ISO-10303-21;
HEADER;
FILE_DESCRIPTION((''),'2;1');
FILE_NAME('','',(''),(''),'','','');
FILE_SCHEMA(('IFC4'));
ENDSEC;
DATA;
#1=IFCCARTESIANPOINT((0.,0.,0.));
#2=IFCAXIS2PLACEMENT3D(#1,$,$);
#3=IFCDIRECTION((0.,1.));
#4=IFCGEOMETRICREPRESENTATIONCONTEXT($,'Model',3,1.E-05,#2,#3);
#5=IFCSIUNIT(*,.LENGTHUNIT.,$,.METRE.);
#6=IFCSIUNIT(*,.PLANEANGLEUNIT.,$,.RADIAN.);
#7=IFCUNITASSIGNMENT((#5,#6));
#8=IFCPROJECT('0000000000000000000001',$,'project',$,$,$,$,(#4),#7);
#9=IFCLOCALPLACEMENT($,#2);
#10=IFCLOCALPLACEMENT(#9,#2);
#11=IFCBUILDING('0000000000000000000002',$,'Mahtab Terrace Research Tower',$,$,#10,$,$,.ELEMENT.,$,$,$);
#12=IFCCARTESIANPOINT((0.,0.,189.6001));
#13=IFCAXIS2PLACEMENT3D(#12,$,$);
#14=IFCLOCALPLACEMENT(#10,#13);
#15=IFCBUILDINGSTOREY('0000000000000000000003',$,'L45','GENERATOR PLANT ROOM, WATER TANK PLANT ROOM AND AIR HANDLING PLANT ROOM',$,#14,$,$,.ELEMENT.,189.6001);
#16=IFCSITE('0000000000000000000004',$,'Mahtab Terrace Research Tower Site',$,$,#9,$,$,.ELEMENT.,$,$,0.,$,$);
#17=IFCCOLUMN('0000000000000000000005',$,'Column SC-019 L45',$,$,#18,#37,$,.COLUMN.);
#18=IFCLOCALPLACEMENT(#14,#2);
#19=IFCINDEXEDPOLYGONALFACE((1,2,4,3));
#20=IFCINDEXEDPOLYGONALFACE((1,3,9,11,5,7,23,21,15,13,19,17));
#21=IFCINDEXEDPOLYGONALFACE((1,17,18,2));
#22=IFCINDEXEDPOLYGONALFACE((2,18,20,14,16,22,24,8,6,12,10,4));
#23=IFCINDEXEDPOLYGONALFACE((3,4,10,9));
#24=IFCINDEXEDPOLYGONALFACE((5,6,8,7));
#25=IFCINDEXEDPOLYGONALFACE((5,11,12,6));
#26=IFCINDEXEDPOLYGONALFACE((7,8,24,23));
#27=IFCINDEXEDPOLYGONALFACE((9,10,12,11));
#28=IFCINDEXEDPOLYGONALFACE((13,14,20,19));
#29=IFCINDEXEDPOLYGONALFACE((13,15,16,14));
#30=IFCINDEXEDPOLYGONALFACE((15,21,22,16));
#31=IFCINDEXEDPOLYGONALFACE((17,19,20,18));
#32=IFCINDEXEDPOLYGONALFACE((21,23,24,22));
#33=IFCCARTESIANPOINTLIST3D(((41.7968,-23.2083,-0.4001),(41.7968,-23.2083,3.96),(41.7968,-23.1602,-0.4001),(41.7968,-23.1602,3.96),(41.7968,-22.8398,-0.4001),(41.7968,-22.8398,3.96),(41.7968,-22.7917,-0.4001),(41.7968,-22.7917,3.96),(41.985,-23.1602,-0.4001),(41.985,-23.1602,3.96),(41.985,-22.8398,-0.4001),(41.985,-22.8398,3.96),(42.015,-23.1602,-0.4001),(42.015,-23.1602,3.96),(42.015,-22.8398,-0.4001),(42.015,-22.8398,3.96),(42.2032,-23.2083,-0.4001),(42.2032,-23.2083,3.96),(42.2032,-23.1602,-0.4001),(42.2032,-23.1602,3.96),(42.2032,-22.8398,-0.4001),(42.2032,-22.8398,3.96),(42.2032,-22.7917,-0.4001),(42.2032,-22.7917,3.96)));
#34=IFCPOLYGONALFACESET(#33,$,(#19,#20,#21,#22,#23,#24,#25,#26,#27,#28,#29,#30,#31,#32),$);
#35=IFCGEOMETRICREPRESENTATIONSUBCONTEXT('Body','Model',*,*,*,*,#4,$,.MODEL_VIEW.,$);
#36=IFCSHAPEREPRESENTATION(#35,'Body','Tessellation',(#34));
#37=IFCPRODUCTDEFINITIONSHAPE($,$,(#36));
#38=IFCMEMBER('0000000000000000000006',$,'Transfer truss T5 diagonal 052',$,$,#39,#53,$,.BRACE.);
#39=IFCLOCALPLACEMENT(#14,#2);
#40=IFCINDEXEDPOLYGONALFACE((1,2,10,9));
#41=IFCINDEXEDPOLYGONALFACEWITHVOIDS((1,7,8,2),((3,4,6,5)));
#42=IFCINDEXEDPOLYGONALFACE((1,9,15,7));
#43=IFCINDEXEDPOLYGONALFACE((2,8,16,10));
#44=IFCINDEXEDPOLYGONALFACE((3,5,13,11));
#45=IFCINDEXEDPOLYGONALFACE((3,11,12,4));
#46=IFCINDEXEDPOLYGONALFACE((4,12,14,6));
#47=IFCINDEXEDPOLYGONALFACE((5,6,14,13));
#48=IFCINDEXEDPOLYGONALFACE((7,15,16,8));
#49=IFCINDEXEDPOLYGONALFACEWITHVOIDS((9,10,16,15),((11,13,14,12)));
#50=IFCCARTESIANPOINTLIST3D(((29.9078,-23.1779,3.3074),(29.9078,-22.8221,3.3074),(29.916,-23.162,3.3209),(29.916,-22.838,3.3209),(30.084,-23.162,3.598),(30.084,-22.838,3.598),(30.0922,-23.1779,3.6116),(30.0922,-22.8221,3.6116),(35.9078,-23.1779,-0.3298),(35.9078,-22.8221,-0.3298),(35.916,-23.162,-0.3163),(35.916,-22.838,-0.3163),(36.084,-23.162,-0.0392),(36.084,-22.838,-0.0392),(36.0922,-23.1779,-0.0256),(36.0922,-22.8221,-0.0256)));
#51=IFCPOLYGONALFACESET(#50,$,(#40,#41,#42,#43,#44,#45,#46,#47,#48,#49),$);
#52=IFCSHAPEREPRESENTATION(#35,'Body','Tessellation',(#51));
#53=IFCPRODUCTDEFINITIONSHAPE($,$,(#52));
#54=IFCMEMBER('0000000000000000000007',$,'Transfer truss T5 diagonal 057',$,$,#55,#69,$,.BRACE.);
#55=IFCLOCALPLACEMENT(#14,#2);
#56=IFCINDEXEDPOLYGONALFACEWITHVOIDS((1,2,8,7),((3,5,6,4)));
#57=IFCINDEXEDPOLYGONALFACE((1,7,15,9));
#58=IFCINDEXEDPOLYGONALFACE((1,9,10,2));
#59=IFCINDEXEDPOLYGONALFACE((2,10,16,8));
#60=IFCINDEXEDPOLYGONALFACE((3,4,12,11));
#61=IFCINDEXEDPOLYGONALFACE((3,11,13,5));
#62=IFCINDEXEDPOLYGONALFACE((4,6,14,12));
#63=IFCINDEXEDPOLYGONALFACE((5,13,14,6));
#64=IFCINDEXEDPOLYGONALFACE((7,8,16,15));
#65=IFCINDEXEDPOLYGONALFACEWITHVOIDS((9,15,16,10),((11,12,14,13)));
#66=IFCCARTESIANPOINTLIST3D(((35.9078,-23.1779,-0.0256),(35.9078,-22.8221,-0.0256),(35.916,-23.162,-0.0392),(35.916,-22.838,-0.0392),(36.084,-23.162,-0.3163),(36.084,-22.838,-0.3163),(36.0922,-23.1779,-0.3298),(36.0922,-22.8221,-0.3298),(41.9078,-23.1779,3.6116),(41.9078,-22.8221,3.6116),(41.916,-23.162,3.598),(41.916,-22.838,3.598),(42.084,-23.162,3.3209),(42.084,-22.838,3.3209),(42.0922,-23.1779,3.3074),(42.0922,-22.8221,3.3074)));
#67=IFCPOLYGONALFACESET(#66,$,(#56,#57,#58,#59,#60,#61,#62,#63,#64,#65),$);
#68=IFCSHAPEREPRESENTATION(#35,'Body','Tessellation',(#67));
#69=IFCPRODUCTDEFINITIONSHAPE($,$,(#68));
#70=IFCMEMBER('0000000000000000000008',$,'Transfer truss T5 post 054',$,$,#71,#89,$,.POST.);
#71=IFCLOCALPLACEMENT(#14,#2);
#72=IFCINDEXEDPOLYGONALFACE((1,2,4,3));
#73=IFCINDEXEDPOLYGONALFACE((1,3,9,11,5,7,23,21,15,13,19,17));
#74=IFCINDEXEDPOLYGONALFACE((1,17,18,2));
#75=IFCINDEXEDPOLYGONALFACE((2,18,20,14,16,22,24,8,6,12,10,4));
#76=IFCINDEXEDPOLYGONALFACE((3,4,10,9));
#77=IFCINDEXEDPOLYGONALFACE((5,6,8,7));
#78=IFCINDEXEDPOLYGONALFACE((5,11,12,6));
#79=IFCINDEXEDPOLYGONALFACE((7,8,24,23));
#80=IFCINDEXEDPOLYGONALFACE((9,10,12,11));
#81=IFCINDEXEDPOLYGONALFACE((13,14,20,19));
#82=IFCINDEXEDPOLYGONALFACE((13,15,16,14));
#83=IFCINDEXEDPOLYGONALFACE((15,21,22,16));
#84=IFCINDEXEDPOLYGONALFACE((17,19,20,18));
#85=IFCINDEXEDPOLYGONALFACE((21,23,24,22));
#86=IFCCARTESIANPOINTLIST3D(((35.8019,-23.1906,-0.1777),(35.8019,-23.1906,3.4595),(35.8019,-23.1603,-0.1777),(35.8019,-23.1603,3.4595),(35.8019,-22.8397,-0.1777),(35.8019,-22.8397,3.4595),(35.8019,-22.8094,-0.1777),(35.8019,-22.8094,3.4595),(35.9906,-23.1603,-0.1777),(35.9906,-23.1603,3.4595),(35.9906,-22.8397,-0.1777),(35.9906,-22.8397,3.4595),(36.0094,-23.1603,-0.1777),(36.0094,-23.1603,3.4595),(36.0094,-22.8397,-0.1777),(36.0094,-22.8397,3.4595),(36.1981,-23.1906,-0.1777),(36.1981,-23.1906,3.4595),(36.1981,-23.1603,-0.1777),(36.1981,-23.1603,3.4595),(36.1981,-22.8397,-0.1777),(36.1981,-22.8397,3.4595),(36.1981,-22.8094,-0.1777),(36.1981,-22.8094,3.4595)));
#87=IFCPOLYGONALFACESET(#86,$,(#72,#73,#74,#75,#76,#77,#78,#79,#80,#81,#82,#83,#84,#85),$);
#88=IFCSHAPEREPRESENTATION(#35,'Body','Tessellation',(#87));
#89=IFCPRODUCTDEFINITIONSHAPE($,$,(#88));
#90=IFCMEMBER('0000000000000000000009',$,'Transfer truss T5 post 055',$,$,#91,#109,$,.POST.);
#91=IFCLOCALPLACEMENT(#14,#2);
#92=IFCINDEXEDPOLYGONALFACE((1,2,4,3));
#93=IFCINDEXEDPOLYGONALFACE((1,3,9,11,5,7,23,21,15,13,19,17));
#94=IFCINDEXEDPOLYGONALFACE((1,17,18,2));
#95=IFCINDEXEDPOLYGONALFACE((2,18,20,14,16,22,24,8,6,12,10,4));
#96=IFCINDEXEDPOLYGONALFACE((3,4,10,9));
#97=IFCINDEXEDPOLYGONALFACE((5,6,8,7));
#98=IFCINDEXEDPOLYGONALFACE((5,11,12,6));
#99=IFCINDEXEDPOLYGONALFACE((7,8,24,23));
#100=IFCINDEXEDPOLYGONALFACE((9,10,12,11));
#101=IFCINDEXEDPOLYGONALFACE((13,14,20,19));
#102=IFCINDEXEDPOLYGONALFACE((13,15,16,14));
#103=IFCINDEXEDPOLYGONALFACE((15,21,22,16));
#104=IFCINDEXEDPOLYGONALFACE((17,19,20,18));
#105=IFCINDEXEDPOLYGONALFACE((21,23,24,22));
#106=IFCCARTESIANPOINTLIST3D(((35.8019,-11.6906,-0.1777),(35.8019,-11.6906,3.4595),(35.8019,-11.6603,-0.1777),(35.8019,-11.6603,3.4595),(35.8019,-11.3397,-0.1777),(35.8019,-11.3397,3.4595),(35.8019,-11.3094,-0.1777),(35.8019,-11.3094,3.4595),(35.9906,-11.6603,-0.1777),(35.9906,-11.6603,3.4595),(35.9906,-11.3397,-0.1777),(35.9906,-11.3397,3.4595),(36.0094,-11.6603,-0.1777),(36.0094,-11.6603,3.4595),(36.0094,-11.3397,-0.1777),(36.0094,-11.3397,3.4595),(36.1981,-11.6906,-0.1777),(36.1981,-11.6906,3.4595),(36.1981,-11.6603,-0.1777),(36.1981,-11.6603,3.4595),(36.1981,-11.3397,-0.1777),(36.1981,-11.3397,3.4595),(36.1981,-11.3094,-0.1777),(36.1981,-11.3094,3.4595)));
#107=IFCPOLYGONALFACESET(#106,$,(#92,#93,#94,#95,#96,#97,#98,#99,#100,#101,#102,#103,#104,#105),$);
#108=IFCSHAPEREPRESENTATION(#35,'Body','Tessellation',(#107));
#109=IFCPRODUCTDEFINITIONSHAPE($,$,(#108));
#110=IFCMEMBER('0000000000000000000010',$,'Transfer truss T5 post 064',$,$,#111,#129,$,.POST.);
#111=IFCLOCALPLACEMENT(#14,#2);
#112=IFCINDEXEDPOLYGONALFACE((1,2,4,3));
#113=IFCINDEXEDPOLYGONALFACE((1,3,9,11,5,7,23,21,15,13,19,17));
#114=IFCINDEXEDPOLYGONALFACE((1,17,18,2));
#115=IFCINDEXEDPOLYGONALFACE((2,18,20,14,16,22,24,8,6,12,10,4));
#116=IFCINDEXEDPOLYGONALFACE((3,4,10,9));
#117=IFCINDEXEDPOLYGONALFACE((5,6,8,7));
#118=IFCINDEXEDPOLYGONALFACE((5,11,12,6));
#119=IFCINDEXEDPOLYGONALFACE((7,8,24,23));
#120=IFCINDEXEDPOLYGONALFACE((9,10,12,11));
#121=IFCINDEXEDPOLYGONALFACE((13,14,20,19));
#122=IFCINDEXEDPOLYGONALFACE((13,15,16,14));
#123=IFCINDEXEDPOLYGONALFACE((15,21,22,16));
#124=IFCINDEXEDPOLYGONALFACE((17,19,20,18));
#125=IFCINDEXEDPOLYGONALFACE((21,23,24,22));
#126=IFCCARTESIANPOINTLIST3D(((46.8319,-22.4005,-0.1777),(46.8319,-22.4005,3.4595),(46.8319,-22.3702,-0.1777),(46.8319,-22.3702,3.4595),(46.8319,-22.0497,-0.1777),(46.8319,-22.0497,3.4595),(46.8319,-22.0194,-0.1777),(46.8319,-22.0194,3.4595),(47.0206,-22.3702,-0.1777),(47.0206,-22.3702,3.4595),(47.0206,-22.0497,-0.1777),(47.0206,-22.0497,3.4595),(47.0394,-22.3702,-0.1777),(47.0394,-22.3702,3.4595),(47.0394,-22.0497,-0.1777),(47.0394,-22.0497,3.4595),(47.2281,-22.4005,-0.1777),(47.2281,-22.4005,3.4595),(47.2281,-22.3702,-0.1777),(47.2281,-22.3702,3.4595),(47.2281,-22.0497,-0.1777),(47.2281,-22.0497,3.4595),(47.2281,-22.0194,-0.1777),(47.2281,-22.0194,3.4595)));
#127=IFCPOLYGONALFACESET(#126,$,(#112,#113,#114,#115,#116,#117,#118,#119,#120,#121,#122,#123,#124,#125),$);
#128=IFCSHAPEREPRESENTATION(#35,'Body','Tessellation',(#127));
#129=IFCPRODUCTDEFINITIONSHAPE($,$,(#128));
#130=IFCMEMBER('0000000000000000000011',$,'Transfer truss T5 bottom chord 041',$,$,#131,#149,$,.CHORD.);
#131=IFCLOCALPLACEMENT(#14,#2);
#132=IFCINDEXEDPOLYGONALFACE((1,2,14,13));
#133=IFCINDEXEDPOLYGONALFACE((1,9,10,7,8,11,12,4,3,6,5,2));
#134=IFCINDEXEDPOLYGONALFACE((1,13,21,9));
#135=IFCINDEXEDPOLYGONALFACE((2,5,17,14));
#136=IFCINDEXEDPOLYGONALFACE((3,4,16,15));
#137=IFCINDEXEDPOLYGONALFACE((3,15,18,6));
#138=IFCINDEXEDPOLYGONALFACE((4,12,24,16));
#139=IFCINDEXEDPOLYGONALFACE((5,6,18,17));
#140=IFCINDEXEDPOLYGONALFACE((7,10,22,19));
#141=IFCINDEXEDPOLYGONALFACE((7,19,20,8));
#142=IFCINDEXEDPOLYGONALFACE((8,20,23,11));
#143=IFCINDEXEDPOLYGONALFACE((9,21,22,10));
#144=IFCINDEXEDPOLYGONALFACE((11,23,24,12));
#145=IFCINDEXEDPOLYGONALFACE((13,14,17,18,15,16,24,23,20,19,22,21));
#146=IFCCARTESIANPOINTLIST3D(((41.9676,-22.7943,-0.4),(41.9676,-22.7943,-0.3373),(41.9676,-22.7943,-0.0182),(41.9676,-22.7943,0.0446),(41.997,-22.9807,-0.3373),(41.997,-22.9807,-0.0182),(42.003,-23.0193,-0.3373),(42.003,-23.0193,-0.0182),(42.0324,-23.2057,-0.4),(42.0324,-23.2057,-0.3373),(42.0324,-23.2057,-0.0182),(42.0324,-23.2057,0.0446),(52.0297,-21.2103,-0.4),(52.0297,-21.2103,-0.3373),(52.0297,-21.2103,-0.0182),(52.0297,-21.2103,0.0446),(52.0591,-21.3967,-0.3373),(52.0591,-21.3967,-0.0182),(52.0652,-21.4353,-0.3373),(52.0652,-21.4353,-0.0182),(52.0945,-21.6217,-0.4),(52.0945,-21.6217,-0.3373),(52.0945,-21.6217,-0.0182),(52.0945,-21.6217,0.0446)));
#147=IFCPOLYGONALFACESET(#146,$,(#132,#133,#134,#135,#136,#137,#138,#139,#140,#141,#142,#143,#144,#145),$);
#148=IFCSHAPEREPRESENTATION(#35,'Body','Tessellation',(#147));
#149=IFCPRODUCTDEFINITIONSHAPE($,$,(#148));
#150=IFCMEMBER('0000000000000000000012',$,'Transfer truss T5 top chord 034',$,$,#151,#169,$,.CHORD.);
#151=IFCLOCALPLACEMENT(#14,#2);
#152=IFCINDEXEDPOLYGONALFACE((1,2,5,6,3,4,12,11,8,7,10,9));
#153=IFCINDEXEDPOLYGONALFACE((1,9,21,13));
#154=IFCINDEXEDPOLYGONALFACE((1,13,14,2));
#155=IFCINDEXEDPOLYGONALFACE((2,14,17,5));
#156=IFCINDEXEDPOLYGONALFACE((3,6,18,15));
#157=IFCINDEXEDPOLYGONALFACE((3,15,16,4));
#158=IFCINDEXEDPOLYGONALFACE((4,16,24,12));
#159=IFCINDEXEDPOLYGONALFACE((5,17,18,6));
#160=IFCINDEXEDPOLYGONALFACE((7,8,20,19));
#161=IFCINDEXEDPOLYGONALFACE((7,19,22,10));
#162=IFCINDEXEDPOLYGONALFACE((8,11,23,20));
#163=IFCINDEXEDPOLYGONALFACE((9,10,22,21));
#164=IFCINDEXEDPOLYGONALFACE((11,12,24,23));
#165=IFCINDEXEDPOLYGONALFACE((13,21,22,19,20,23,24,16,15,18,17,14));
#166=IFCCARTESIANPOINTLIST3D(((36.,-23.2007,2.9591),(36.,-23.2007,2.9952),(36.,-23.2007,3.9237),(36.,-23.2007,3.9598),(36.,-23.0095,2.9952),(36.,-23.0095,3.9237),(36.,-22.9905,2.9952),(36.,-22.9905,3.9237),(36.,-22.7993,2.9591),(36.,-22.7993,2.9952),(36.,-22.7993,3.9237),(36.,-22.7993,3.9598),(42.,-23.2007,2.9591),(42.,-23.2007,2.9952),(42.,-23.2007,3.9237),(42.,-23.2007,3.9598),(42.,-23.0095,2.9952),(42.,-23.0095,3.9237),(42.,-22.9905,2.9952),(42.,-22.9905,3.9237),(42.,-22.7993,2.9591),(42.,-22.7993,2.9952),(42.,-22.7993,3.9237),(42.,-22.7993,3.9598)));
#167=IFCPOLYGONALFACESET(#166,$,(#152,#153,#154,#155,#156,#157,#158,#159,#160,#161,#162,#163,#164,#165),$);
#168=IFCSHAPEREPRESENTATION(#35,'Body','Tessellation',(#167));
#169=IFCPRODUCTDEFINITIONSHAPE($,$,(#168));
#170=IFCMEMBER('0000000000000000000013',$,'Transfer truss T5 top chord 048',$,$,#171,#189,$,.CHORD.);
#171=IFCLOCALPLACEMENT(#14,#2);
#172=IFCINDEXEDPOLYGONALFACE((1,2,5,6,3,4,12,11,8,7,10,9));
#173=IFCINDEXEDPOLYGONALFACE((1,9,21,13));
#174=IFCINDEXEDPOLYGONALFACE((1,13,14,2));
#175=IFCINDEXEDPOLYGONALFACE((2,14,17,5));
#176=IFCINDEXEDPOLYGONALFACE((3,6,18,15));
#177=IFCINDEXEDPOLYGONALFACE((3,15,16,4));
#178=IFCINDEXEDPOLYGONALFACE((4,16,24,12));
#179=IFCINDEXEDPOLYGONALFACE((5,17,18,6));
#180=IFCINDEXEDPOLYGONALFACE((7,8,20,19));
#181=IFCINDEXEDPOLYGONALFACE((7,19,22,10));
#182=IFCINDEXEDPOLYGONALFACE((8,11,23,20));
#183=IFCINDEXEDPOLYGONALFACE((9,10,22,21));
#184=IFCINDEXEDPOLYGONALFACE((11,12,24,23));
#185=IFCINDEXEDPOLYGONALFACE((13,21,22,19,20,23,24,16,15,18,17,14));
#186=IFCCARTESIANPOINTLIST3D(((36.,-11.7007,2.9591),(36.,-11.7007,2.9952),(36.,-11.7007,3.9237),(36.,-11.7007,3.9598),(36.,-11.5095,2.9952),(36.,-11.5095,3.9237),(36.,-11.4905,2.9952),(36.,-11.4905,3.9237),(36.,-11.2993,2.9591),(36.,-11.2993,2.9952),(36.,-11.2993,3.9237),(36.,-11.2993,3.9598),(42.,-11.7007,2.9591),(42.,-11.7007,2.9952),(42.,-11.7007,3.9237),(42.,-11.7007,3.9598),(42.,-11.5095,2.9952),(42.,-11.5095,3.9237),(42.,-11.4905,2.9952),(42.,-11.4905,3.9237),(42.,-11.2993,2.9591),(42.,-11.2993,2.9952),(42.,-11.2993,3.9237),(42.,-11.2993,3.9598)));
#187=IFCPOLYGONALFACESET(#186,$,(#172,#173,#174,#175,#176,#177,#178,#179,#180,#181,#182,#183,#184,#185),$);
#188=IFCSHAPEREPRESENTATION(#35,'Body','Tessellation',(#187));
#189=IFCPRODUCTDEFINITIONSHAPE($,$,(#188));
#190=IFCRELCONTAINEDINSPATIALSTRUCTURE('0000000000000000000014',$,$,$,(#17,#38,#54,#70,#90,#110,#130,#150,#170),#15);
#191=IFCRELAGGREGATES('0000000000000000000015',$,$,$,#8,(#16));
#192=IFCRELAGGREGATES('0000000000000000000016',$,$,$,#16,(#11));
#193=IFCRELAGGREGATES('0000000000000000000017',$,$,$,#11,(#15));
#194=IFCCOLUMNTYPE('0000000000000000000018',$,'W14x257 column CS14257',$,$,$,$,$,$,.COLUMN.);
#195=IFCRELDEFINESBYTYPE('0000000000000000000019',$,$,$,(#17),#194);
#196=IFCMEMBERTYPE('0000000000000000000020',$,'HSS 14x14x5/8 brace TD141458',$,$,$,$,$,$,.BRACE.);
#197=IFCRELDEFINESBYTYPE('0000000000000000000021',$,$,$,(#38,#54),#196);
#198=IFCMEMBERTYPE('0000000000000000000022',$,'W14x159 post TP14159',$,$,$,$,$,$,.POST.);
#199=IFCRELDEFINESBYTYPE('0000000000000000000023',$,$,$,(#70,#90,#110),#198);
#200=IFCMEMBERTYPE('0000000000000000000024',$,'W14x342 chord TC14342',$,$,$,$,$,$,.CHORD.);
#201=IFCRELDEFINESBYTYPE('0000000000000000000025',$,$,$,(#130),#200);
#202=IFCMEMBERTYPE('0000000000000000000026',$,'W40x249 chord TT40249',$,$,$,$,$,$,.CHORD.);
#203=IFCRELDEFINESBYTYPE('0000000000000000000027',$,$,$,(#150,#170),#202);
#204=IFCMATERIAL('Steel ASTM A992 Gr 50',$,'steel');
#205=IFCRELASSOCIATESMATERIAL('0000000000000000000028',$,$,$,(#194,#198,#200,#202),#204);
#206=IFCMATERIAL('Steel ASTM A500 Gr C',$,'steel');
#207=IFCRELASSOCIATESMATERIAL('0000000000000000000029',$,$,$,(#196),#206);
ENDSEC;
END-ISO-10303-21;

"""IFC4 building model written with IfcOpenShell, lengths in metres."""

from ifc_helpers import new_model, si_unit, direction, frame, origin, origin_2d, place, context, subcontext, project, spatial, hollow_rectangle, i_section, extrude, material, material_profile, profile_set, type_object, element, save


model = new_model("IFC4")

# Units and contexts
model_context = context("Model", 3, precision=1e-05, world=origin(), true_north=direction((0.0, 1.0)))
body_context = subcontext(model_context, "Body", "Model", "MODEL_VIEW")
ifc_project = project(units=[si_unit("LENGTHUNIT", "METRE"), si_unit("PLANEANGLEUNIT", "RADIAN")], contexts=[model_context])

# Site, building, storey
site_placement = place(None, origin())
site = spatial("IfcSite", under=ifc_project, at=site_placement, Name="Mahtab Terrace Research Tower Site", CompositionType="ELEMENT", RefElevation=0.0)
building_placement = place(site_placement, origin())
building = spatial("IfcBuilding", under=site, at=building_placement, Name="Mahtab Terrace Research Tower", CompositionType="ELEMENT")
storey_placement = place(building_placement, frame((0.0, 0.0, 189.6001)))
storey = spatial("IfcBuildingStorey", under=building, at=storey_placement, Name="L45", Description="GENERATOR PLANT ROOM, WATER TANK PLANT ROOM AND AIR HANDLING PLANT ROOM", CompositionType="ELEMENT", Elevation=189.6001)

# Column
ifc_material_1 = material(Name="Steel ASTM A992 Gr 50", Category="steel")
ifc_material_profile_1 = material_profile(ifc_material_1, i_section(OverallWidth=0.4065, OverallDepth=0.4165, WebThickness=0.03, FlangeThickness=0.0481, at=origin_2d()), Name="W14X257")
ifc_profile_set_1 = profile_set([ifc_material_profile_1], Name="Steel ASTM A992 Gr 50")
column_type = type_object("IfcColumnType", Name="W14x257 column CS14257", PredefinedType="COLUMN", material=ifc_profile_set_1)
column_placement = place(storey_placement, frame((42.0, -23.0, -0.4001), z_axis=(0.0, 0.0, 1.0), x_axis=(1.0, 0.0, 0.0)))
element("IfcColumn", 1, at=column_placement, inside=storey, type_object=column_type, Name="Column SC-019 L45", PredefinedType="COLUMN", context=body_context, shape_type="SweptSolid", body=[
    extrude(i_section(OverallWidth=0.4065, OverallDepth=0.4165, WebThickness=0.03, FlangeThickness=0.0481, at=origin_2d()), origin(), (0.0, 0.0, 1.0), 4.3601),
])

# Members
ifc_material_2 = material(Name="Steel ASTM A500 Gr C", Category="steel")
ifc_material_profile_2 = material_profile(ifc_material_2, hollow_rectangle(XDim=0.3557, YDim=0.3557, WallThickness=0.0159, at=origin_2d()), Name="HSS14X14X5/8")
ifc_profile_set_2 = profile_set([ifc_material_profile_2], Name="Steel ASTM A500 Gr C")
member_type_1 = type_object("IfcMemberType", Name="HSS 14x14x5/8 brace TD141458", PredefinedType="BRACE", material=ifc_profile_set_2)
for number, where, z_axis, x_axis, name in (
    (2, (36.0, -23.0, -0.1777), (-0.855145, 0.0, 0.51839), (0.0, -1.0, 0.0), "Transfer truss T5 diagonal 052"),
    (3, (36.0, -23.0, -0.1777), (0.855145, 0.0, 0.51839), (0.0, 1.0, 0.0), "Transfer truss T5 diagonal 057"),
):
    element("IfcMember", number, at=place(storey_placement, frame(where, z_axis=z_axis, x_axis=x_axis)), inside=storey, type_object=member_type_1, Name=name, PredefinedType="BRACE", context=body_context, shape_type="SweptSolid", body=[
        extrude(hollow_rectangle(XDim=0.3557, YDim=0.3557, WallThickness=0.0159, at=origin_2d()), origin(), (0.0, 0.0, 1.0), 7.0164),
    ])
ifc_material_profile_3 = material_profile(ifc_material_1, i_section(OverallWidth=0.3962, OverallDepth=0.3811, WebThickness=0.0188, FlangeThickness=0.0303, at=origin_2d()), Name="W14X159")
ifc_profile_set_3 = profile_set([ifc_material_profile_3], Name="Steel ASTM A992 Gr 50")
member_type_2 = type_object("IfcMemberType", Name="W14x159 post TP14159", PredefinedType="POST", material=ifc_profile_set_3)
for number, where, z_axis, x_axis, name in (
    (4, (36.0, -23.0, -0.1777), (0.0, 0.0, 1.0), (1.0, 0.0, 0.0), "Transfer truss T5 post 054"),
    (5, (36.0, -11.5, -0.1777), (0.0, 0.0, 1.0), (1.0, 0.0, 0.0), "Transfer truss T5 post 055"),
    (6, (47.03, -22.21, -0.1777), (0.0, 0.0, 1.0), (1.0, 0.0, 0.0), "Transfer truss T5 post 064"),
):
    element("IfcMember", number, at=place(storey_placement, frame(where, z_axis=z_axis, x_axis=x_axis)), inside=storey, type_object=member_type_2, Name=name, PredefinedType="POST", context=body_context, shape_type="SweptSolid", body=[
        extrude(i_section(OverallWidth=0.3962, OverallDepth=0.3811, WebThickness=0.0188, FlangeThickness=0.0303, at=origin_2d()), origin(), (0.0, 0.0, 1.0), 3.6372),
    ])
ifc_material_profile_4 = material_profile(ifc_material_1, i_section(OverallWidth=0.4165, OverallDepth=0.4446, WebThickness=0.0391, FlangeThickness=0.0627, at=origin_2d()), Name="W14X342")
ifc_profile_set_4 = profile_set([ifc_material_profile_4], Name="Steel ASTM A992 Gr 50")
member_type_3 = type_object("IfcMemberType", Name="W14x342 chord TC14342", PredefinedType="CHORD", material=ifc_profile_set_4)
member_1_placement = place(storey_placement, frame((42.0, -23.0, -0.1777), z_axis=(0.987835, 0.155507, 0.0), x_axis=(-0.155507, 0.987835, 0.0)))
element("IfcMember", 7, at=member_1_placement, inside=storey, type_object=member_type_3, Name="Transfer truss T5 bottom chord 041", PredefinedType="CHORD", context=body_context, shape_type="SweptSolid", body=[
    extrude(i_section(OverallWidth=0.4165, OverallDepth=0.4446, WebThickness=0.0391, FlangeThickness=0.0627, at=origin_2d()), origin(), (0.0, 0.0, 1.0), 10.186),
])
ifc_material_profile_5 = material_profile(ifc_material_1, i_section(OverallWidth=0.4014, OverallDepth=1.0007, WebThickness=0.019, FlangeThickness=0.0361, at=origin_2d()), Name="W40X249")
ifc_profile_set_5 = profile_set([ifc_material_profile_5], Name="Steel ASTM A992 Gr 50")
member_type_4 = type_object("IfcMemberType", Name="W40x249 chord TT40249", PredefinedType="CHORD", material=ifc_profile_set_5)
for number, where, z_axis, x_axis, name in (
    (8, (36.0, -23.0, 3.4595), (1.0, 0.0, 0.0), (0.0, 1.0, 0.0), "Transfer truss T5 top chord 034"),
    (9, (36.0, -11.5, 3.4595), (1.0, 0.0, 0.0), (0.0, 1.0, 0.0), "Transfer truss T5 top chord 048"),
):
    element("IfcMember", number, at=place(storey_placement, frame(where, z_axis=z_axis, x_axis=x_axis)), inside=storey, type_object=member_type_4, Name=name, PredefinedType="CHORD", context=body_context, shape_type="SweptSolid", body=[
        extrude(i_section(OverallWidth=0.4014, OverallDepth=1.0007, WebThickness=0.019, FlangeThickness=0.0361, at=origin_2d()), origin(), (0.0, 0.0, 1.0), 6.0),
    ])

save(model, "model.ifc")
